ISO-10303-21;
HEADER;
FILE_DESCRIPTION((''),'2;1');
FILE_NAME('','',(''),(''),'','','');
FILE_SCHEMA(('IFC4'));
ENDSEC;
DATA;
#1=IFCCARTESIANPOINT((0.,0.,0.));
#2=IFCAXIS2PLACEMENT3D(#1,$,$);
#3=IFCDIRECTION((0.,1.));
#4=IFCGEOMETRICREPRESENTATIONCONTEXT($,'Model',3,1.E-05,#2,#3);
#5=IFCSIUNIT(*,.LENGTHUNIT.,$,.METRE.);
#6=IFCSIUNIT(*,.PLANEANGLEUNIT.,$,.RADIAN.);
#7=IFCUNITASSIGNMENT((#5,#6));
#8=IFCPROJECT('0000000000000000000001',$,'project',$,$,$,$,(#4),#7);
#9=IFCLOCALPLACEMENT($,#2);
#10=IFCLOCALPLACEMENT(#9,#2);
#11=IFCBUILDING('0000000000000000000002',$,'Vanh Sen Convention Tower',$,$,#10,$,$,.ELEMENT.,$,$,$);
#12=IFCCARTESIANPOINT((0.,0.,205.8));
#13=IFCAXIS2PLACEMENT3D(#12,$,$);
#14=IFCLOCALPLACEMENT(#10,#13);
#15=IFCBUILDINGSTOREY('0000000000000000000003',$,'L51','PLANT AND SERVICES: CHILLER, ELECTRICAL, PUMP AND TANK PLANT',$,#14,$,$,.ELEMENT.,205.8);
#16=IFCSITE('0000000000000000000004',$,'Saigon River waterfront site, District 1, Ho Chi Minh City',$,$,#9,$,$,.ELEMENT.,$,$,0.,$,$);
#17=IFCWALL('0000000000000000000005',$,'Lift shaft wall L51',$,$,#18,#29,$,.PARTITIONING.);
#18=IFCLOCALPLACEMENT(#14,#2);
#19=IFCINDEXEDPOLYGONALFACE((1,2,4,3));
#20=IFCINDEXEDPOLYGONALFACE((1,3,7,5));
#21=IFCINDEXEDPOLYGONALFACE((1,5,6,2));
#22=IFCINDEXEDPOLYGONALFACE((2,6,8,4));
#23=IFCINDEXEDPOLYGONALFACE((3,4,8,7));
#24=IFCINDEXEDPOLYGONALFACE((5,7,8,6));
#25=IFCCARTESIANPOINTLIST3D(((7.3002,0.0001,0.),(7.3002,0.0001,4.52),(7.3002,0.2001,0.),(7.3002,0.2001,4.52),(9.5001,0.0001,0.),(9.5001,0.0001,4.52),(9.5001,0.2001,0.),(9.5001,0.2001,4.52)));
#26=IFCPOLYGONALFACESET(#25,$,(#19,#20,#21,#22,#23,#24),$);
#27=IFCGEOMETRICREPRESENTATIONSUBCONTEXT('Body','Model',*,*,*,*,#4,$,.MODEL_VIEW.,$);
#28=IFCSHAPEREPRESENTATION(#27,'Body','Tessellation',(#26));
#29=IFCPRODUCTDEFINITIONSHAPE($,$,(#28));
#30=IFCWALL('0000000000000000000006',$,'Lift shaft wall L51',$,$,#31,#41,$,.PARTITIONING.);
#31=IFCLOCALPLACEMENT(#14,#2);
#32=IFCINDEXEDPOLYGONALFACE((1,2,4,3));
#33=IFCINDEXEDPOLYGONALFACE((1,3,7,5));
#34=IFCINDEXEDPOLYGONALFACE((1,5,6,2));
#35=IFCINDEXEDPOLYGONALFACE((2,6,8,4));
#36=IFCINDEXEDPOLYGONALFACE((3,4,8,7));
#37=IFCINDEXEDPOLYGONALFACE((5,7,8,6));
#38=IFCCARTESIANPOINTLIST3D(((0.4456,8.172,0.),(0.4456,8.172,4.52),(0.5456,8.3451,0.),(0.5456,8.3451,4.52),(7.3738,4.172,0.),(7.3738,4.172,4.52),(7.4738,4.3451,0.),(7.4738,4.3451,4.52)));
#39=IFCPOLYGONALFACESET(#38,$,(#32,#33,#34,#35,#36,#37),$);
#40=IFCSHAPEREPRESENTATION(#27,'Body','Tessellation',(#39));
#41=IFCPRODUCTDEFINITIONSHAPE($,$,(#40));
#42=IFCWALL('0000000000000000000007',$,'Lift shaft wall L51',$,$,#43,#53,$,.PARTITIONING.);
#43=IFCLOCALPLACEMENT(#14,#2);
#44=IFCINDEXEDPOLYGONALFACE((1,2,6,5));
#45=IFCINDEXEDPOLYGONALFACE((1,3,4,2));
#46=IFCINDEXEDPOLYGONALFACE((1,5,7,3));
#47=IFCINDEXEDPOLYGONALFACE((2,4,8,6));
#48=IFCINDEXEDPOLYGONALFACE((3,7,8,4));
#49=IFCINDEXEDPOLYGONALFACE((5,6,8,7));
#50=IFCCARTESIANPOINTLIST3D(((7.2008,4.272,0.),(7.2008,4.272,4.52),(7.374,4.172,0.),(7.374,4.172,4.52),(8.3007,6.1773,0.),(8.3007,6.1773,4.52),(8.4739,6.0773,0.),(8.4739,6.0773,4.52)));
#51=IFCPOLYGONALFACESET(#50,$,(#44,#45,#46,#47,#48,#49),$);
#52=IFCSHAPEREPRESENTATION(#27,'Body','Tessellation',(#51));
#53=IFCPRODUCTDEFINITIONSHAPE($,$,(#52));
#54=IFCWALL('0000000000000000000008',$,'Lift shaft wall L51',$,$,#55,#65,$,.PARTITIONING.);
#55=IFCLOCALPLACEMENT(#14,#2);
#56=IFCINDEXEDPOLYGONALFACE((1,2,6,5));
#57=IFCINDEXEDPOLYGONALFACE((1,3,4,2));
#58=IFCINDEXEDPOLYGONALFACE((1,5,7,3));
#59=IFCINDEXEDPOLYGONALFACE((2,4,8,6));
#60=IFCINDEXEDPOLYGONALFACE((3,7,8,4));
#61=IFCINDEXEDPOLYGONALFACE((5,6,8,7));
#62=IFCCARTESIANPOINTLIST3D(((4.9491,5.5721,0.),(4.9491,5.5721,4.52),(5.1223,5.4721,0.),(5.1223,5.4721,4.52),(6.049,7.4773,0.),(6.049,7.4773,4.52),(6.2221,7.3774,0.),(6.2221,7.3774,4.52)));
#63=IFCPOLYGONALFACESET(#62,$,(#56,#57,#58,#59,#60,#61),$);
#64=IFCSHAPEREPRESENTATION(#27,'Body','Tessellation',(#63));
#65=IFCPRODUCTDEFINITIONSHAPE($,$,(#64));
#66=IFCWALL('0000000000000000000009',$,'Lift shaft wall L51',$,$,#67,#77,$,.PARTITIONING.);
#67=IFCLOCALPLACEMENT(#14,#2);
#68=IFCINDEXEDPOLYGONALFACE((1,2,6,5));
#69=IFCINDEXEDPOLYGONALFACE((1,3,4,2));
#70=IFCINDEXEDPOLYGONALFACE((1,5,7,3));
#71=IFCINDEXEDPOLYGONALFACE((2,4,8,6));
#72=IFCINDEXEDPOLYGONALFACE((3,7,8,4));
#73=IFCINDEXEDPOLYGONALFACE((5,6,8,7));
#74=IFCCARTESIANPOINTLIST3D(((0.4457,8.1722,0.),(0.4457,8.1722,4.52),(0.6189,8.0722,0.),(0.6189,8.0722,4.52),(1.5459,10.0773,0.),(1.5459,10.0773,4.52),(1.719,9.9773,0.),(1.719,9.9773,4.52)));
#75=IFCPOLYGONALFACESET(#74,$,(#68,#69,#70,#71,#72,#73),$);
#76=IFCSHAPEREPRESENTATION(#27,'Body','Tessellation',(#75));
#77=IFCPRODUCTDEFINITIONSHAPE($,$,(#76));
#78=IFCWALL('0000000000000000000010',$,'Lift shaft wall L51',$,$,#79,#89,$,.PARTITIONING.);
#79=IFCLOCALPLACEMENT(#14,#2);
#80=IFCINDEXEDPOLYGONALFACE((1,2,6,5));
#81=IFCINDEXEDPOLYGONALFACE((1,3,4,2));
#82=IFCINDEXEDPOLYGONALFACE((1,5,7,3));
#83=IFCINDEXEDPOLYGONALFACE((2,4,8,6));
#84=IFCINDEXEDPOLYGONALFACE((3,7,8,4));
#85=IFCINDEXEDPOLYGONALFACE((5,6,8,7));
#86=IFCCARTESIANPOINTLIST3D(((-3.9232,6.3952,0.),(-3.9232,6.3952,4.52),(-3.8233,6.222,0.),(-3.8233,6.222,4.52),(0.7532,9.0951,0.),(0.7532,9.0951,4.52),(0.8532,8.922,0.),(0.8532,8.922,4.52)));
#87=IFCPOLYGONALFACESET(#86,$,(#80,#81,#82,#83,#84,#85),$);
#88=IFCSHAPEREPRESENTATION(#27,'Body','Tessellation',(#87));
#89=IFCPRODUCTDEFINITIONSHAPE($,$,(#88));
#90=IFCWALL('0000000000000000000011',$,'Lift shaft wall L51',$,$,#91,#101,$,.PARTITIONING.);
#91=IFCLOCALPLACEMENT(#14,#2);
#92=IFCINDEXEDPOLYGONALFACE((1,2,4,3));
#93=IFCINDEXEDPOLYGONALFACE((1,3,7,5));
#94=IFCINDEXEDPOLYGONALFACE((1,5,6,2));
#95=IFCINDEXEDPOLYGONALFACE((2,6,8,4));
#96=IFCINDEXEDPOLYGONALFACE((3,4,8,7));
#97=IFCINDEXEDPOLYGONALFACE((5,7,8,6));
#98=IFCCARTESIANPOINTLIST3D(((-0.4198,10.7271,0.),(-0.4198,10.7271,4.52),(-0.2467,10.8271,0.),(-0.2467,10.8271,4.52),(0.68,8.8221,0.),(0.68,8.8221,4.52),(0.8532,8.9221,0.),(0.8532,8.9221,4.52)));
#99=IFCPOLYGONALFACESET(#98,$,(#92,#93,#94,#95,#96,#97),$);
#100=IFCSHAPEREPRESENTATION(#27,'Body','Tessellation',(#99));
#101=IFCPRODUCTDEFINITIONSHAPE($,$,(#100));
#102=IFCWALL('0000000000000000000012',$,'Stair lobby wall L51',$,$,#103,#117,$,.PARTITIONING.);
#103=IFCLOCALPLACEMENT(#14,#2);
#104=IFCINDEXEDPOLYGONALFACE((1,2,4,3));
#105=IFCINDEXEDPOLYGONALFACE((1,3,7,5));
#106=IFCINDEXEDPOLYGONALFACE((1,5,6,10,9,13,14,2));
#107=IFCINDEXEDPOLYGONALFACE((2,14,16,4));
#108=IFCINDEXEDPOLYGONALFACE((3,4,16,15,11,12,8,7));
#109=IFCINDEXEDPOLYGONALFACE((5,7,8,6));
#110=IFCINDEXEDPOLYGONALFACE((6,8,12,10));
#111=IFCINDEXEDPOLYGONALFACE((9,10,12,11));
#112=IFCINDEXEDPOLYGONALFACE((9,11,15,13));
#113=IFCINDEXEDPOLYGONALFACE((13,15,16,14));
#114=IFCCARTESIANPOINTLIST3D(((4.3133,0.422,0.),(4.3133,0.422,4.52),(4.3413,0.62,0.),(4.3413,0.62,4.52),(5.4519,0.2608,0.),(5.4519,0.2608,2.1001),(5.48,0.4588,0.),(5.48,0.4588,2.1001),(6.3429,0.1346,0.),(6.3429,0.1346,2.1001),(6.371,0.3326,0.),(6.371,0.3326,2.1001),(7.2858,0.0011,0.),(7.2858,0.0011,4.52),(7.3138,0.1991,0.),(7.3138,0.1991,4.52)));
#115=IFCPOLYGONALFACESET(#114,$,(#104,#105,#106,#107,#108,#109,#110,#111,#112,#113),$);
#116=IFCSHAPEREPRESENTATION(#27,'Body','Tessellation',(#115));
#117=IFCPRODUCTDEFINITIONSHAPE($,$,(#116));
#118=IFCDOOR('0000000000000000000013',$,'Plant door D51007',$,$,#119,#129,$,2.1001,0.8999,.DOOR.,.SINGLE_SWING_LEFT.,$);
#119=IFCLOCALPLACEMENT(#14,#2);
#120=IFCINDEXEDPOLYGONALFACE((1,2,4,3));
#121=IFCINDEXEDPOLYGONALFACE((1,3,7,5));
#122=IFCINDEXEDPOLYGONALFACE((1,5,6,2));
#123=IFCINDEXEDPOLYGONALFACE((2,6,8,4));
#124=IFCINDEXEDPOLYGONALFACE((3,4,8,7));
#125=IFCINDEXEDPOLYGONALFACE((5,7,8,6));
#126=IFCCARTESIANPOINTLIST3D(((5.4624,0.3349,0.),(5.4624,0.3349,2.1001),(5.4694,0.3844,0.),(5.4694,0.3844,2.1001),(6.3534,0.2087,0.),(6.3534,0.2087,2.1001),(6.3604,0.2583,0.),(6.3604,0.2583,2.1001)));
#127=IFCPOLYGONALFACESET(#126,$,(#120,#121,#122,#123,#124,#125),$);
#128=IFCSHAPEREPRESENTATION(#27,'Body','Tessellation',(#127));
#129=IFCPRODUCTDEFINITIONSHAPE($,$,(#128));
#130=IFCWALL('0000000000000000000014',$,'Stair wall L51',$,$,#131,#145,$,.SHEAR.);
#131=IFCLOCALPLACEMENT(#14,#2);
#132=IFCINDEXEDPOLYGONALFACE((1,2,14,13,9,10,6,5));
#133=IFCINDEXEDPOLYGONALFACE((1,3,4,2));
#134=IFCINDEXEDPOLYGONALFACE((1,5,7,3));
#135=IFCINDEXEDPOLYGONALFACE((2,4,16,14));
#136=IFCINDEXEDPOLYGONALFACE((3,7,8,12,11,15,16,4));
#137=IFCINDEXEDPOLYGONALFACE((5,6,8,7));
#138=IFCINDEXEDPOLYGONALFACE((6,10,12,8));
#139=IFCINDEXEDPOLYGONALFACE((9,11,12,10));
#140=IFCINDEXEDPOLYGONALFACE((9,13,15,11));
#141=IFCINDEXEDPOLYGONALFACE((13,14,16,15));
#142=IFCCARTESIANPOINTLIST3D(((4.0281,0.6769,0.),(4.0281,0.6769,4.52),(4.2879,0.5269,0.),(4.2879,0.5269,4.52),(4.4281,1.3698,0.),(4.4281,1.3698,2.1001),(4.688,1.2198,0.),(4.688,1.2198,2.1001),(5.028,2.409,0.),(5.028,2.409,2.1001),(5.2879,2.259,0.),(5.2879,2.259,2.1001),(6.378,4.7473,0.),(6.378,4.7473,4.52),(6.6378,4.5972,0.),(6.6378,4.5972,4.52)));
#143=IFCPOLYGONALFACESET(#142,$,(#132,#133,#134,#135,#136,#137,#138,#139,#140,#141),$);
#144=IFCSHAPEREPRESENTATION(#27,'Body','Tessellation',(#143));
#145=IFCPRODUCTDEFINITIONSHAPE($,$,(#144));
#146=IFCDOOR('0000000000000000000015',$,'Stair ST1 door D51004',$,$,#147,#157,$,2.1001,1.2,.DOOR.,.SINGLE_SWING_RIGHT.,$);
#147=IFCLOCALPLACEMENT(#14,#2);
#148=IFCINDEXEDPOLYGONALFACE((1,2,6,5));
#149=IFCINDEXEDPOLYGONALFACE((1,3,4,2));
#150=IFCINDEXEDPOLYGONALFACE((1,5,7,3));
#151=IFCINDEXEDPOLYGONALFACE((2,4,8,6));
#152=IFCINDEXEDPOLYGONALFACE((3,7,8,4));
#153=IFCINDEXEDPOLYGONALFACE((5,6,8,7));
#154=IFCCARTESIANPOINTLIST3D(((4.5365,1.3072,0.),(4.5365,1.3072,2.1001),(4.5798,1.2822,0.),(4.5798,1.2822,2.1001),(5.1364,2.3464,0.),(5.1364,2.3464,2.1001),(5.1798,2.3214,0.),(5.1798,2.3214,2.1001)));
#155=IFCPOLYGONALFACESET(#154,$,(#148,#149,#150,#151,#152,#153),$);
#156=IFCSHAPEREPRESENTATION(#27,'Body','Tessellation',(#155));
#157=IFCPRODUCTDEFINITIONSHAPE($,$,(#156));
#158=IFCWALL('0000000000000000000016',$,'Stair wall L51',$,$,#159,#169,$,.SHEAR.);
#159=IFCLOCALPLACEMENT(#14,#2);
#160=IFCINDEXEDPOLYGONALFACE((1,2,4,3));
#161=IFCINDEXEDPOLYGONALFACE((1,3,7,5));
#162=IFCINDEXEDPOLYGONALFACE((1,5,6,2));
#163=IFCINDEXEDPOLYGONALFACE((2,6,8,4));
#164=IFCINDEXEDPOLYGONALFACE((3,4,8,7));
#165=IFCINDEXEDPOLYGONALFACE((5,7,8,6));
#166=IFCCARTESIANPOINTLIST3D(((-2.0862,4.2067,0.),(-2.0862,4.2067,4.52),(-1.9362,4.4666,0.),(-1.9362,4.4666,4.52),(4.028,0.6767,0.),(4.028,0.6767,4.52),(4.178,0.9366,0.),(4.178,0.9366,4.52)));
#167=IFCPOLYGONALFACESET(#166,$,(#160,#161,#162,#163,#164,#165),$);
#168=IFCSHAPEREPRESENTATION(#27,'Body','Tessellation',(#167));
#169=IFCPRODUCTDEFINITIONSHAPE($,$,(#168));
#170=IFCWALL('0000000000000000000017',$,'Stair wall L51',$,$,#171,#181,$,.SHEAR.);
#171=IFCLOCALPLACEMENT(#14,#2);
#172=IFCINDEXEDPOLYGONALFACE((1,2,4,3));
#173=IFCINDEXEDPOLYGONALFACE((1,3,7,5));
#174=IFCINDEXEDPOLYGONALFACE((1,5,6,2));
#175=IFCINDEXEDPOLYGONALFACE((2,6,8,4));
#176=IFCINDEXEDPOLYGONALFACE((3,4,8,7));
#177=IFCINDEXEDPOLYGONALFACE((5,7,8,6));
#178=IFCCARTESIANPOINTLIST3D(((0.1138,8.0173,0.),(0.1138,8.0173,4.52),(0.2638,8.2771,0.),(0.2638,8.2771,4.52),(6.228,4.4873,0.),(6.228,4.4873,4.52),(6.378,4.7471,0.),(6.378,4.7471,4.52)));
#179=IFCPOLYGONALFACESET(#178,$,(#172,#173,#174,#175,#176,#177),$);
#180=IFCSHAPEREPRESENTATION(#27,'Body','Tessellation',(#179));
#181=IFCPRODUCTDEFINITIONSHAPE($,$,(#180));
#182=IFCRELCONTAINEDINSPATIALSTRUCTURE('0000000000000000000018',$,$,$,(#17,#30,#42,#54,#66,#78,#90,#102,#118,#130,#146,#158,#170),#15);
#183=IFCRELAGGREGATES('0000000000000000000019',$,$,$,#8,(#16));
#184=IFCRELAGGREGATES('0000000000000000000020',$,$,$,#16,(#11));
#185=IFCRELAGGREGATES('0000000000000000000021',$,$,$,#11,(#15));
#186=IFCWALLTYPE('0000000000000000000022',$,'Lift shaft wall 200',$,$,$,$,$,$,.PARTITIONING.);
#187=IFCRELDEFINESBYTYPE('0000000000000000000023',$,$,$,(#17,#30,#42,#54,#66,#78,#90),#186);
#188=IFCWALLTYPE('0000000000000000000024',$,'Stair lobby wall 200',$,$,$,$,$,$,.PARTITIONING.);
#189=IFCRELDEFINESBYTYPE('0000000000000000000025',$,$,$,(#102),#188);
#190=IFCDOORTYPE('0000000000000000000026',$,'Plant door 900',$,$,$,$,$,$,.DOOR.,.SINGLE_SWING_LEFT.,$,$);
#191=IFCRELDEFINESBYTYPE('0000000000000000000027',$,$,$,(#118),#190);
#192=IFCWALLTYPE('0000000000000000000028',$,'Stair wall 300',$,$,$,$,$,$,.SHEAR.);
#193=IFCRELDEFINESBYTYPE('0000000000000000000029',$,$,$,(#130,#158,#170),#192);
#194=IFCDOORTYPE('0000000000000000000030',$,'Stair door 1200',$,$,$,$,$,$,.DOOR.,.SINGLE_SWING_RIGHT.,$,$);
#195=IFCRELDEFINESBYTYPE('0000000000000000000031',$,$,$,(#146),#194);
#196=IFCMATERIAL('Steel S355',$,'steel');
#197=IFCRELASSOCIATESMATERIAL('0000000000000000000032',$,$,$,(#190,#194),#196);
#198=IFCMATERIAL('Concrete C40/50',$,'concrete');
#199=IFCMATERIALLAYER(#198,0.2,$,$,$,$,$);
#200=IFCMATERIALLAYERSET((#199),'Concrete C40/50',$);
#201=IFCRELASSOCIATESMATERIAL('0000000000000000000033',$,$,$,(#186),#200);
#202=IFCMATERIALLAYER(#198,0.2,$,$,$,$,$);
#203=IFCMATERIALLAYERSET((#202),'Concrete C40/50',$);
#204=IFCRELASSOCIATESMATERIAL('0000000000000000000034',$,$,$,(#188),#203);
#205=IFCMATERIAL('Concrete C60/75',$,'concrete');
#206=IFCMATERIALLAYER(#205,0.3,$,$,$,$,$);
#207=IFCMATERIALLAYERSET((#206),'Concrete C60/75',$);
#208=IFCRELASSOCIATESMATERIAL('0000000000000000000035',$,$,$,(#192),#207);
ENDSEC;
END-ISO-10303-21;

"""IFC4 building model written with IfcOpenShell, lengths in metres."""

from ifc_helpers import new_model, si_unit, direction, frame, frame_2d, origin, place, context, subcontext, project, spatial, rectangle, extrude, material, layer, layer_set, type_object, element, fill, save


model = new_model("IFC4")

# Units and contexts
model_context = context("Model", 3, precision=1e-05, world=origin(), true_north=direction((0.0, 1.0)))
body_context = subcontext(model_context, "Body", "Model", "MODEL_VIEW")
ifc_project = project(units=[si_unit("LENGTHUNIT", "METRE"), si_unit("PLANEANGLEUNIT", "RADIAN")], contexts=[model_context])

# Site, building, storey
site_placement = place(None, origin())
site = spatial("IfcSite", under=ifc_project, at=site_placement, Name="Saigon River waterfront site, District 1, Ho Chi Minh City", CompositionType="ELEMENT", RefElevation=0.0)
building_placement = place(site_placement, origin())
building = spatial("IfcBuilding", under=site, at=building_placement, Name="Vanh Sen Convention Tower", CompositionType="ELEMENT")
storey_placement = place(building_placement, frame((0.0, 0.0, 205.8)))
storey = spatial("IfcBuildingStorey", under=building, at=storey_placement, Name="L51", Description="PLANT AND SERVICES: CHILLER, ELECTRICAL, PUMP AND TANK PLANT", CompositionType="ELEMENT", Elevation=205.8)

# Shared definitions
ifc_material_1 = material(Name="Concrete C40/50", Category="concrete")

# Shared definitions
ifc_material_2 = material(Name="Concrete C60/75", Category="concrete")
ifc_material_3 = material(Name="Steel S355", Category="steel")
door_type_1 = type_object("IfcDoorType", Name="Plant door 900", OperationType="SINGLE_SWING_LEFT", PredefinedType="DOOR", material=ifc_material_3)

# Walls
ifc_layer_1 = layer(ifc_material_1, 0.2)
ifc_layer_set_1 = layer_set([ifc_layer_1], Name="Concrete C40/50")
wall_type_1 = type_object("IfcWallType", Name="Lift shaft wall 200", PredefinedType="PARTITIONING", material=ifc_layer_set_1)
wall_1_placement = place(storey_placement, frame((7.3, 0.1001, 0.0), z_axis=(0.0, 0.0, 1.0), x_axis=(1.0, 0.0, 0.0)))
element("IfcWall", 1, at=wall_1_placement, inside=storey, type_object=wall_type_1, Name="Lift shaft wall L51", PredefinedType="PARTITIONING", context=body_context, shape_type="SweptSolid", body=[
    extrude(rectangle(XDim=2.2, YDim=0.2, at=frame_2d((1.1001, 0.0))), origin(), (0.0, 0.0, 1.0), 4.52),
])
wall_2_placement = place(storey_placement, frame((7.4238, 4.2585, 0.0), z_axis=(0.0, 0.0, 1.0), x_axis=(-0.866026, 0.499999, 0.0)))
element("IfcWall", 2, at=wall_2_placement, inside=storey, type_object=wall_type_1, Name="Lift shaft wall L51", PredefinedType="PARTITIONING", context=body_context, shape_type="SweptSolid", body=[
    extrude(rectangle(XDim=8.0, YDim=0.2, at=frame_2d((4.0, 0.0))), origin(), (0.0, 0.0, 1.0), 4.52),
])
for number, where, z_axis, x_axis, name in (
    (3, (7.2874, 4.2219, 0.0), (0.0, 0.0, 1.0), (0.499947, 0.866056, 0.0), "Lift shaft wall L51"),
    (4, (5.0356, 5.522, 0.0), (0.0, 0.0, 1.0), (0.499947, 0.866056, 0.0), "Lift shaft wall L51"),
    (5, (0.5322, 8.1221, 0.0), (0.0, 0.0, 1.0), (0.500078, 0.86598, 0.0), "Lift shaft wall L51"),
):
    element("IfcWall", number, at=place(storey_placement, frame(where, z_axis=z_axis, x_axis=x_axis)), inside=storey, type_object=wall_type_1, Name=name, PredefinedType="PARTITIONING", context=body_context, shape_type="SweptSolid", body=[
        extrude(rectangle(XDim=2.2, YDim=0.2, at=frame_2d((1.1001, 0.0))), origin(), (0.0, 0.0, 1.0), 4.52),
    ])
wall_3_placement = place(storey_placement, frame((0.8032, 9.0085, 0.0), z_axis=(0.0, 0.0, 1.0), x_axis=(-0.866028, -0.499995, 0.0)))
element("IfcWall", 6, at=wall_3_placement, inside=storey, type_object=wall_type_1, Name="Lift shaft wall L51", PredefinedType="PARTITIONING", context=body_context, shape_type="SweptSolid", body=[
    extrude(rectangle(XDim=5.3999, YDim=0.2, at=frame_2d((2.7, 0.0))), origin(), (0.0, 0.0, 1.0), 4.52),
])
wall_4_placement = place(storey_placement, frame((0.7666, 8.8721, 0.0), z_axis=(0.0, 0.0, 1.0), x_axis=(-0.499995, 0.866028, 0.0)))
element("IfcWall", 7, at=wall_4_placement, inside=storey, type_object=wall_type_1, Name="Lift shaft wall L51", PredefinedType="PARTITIONING", context=body_context, shape_type="SweptSolid", body=[
    extrude(rectangle(XDim=2.1997, YDim=0.2, at=frame_2d((1.0999, 0.0))), origin(), (0.0, 0.0, 1.0), 4.52),
])

# Walls, openings, doors
ifc_layer_2 = layer(ifc_material_1, 0.2)
ifc_layer_set_2 = layer_set([ifc_layer_2], Name="Concrete C40/50")
wall_type_2 = type_object("IfcWallType", Name="Stair lobby wall 200", PredefinedType="PARTITIONING", material=ifc_layer_set_2)
wall_5_placement = place(storey_placement, frame((4.3274, 0.521, 0.0), z_axis=(0.0, 0.0, 1.0), x_axis=(0.990124, -0.140192, 0.0)))
wall_5 = element("IfcWall", 8, at=wall_5_placement, inside=storey, type_object=wall_type_2, Name="Stair lobby wall L51", PredefinedType="PARTITIONING", context=body_context, shape_type="SweptSolid", body=[
    extrude(rectangle(XDim=3.0022, YDim=0.2, at=frame_2d((1.501, 0.0))), origin(), (0.0, 0.0, 1.0), 4.52),
])
opening_1_placement = place(wall_5_placement, frame((1.1499, 0.0, 0.0)))
opening_1 = element("IfcOpeningElement", 9, at=opening_1_placement, cuts=wall_5, PredefinedType="OPENING", context=body_context, shape_type="SweptSolid", body=[
    extrude(rectangle(XDim=0.8999, YDim=2.1001, at=frame_2d((0.45, 1.05))), frame((0.0, 0.1099, 0.0), z_axis=(0.0, -1.0, 0.0), x_axis=(1.0, 0.0, 0.0)), (0.0, 0.0, 1.0), 0.22),
])
door_1_placement = place(opening_1_placement, origin())
door_1 = element("IfcDoor", 10, at=door_1_placement, inside=storey, type_object=door_type_1, Name="Plant door D51007", OperationType="SINGLE_SWING_LEFT", OverallHeight=2.1001, OverallWidth=0.8999, PredefinedType="DOOR", context=body_context, shape_type="SweptSolid", body=[
    extrude(rectangle(XDim=0.8999, YDim=2.1001, at=frame_2d((0.45, 1.05))), frame((0.0, 0.0249, 0.0), z_axis=(0.0, -1.0, 0.0), x_axis=(1.0, 0.0, 0.0)), (0.0, 0.0, 1.0), 0.05),
])
fill(opening_1, door_1)
ifc_layer_3 = layer(ifc_material_2, 0.3)
ifc_layer_set_3 = layer_set([ifc_layer_3], Name="Concrete C60/75")
wall_type_3 = type_object("IfcWallType", Name="Stair wall 300", PredefinedType="SHEAR", material=ifc_layer_set_3)
wall_6_placement = place(storey_placement, frame((4.158, 0.6018, 0.0), z_axis=(0.0, 0.0, 1.0), x_axis=(0.499977, 0.866039, 0.0)))
wall_6 = element("IfcWall", 11, at=wall_6_placement, inside=storey, type_object=wall_type_3, Name="Stair wall L51", PredefinedType="SHEAR", context=body_context, shape_type="SweptSolid", body=[
    extrude(rectangle(XDim=4.7, YDim=0.3, at=frame_2d((2.3501, 0.0))), origin(), (0.0, 0.0, 1.0), 4.52),
])
opening_2_placement = place(wall_6_placement, frame((0.8, 0.0, 0.0)))
opening_2 = element("IfcOpeningElement", 12, at=opening_2_placement, cuts=wall_6, PredefinedType="OPENING", context=body_context, shape_type="SweptSolid", body=[
    extrude(rectangle(XDim=1.2, YDim=2.1001, at=frame_2d((0.6001, 1.05))), frame((0.0, 0.1599, 0.0), z_axis=(0.0, -1.0, 0.0), x_axis=(1.0, 0.0, 0.0)), (0.0, 0.0, 1.0), 0.3201),
])
door_type_2 = type_object("IfcDoorType", Name="Stair door 1200", OperationType="SINGLE_SWING_RIGHT", PredefinedType="DOOR", material=ifc_material_3)
door_2_placement = place(opening_2_placement, origin())
door_2 = element("IfcDoor", 13, at=door_2_placement, inside=storey, type_object=door_type_2, Name="Stair ST1 door D51004", OperationType="SINGLE_SWING_RIGHT", OverallHeight=2.1001, OverallWidth=1.2, PredefinedType="DOOR", context=body_context, shape_type="SweptSolid", body=[
    extrude(rectangle(XDim=1.2, YDim=2.1001, at=frame_2d((0.6001, 1.05))), frame((0.0, 0.0249, 0.0), z_axis=(0.0, -1.0, 0.0), x_axis=(1.0, 0.0, 0.0)), (0.0, 0.0, 1.0), 0.05),
])
fill(opening_2, door_2)

# Walls
for number, where, z_axis, x_axis, name in (
    (14, (4.103, 0.8066, 0.0), (0.0, 0.0, 1.0), (-0.866028, 0.499996, 0.0), "Stair wall L51"),
    (15, (6.303, 4.6172, 0.0), (0.0, 0.0, 1.0), (-0.866028, 0.499996, 0.0), "Stair wall L51"),
):
    element("IfcWall", number, at=place(storey_placement, frame(where, z_axis=z_axis, x_axis=x_axis)), inside=storey, type_object=wall_type_3, Name=name, PredefinedType="SHEAR", context=body_context, shape_type="SweptSolid", body=[
        extrude(rectangle(XDim=7.0601, YDim=0.3, at=frame_2d((3.53, 0.0))), origin(), (0.0, 0.0, 1.0), 4.52),
    ])

save(model, "model.ifc")
